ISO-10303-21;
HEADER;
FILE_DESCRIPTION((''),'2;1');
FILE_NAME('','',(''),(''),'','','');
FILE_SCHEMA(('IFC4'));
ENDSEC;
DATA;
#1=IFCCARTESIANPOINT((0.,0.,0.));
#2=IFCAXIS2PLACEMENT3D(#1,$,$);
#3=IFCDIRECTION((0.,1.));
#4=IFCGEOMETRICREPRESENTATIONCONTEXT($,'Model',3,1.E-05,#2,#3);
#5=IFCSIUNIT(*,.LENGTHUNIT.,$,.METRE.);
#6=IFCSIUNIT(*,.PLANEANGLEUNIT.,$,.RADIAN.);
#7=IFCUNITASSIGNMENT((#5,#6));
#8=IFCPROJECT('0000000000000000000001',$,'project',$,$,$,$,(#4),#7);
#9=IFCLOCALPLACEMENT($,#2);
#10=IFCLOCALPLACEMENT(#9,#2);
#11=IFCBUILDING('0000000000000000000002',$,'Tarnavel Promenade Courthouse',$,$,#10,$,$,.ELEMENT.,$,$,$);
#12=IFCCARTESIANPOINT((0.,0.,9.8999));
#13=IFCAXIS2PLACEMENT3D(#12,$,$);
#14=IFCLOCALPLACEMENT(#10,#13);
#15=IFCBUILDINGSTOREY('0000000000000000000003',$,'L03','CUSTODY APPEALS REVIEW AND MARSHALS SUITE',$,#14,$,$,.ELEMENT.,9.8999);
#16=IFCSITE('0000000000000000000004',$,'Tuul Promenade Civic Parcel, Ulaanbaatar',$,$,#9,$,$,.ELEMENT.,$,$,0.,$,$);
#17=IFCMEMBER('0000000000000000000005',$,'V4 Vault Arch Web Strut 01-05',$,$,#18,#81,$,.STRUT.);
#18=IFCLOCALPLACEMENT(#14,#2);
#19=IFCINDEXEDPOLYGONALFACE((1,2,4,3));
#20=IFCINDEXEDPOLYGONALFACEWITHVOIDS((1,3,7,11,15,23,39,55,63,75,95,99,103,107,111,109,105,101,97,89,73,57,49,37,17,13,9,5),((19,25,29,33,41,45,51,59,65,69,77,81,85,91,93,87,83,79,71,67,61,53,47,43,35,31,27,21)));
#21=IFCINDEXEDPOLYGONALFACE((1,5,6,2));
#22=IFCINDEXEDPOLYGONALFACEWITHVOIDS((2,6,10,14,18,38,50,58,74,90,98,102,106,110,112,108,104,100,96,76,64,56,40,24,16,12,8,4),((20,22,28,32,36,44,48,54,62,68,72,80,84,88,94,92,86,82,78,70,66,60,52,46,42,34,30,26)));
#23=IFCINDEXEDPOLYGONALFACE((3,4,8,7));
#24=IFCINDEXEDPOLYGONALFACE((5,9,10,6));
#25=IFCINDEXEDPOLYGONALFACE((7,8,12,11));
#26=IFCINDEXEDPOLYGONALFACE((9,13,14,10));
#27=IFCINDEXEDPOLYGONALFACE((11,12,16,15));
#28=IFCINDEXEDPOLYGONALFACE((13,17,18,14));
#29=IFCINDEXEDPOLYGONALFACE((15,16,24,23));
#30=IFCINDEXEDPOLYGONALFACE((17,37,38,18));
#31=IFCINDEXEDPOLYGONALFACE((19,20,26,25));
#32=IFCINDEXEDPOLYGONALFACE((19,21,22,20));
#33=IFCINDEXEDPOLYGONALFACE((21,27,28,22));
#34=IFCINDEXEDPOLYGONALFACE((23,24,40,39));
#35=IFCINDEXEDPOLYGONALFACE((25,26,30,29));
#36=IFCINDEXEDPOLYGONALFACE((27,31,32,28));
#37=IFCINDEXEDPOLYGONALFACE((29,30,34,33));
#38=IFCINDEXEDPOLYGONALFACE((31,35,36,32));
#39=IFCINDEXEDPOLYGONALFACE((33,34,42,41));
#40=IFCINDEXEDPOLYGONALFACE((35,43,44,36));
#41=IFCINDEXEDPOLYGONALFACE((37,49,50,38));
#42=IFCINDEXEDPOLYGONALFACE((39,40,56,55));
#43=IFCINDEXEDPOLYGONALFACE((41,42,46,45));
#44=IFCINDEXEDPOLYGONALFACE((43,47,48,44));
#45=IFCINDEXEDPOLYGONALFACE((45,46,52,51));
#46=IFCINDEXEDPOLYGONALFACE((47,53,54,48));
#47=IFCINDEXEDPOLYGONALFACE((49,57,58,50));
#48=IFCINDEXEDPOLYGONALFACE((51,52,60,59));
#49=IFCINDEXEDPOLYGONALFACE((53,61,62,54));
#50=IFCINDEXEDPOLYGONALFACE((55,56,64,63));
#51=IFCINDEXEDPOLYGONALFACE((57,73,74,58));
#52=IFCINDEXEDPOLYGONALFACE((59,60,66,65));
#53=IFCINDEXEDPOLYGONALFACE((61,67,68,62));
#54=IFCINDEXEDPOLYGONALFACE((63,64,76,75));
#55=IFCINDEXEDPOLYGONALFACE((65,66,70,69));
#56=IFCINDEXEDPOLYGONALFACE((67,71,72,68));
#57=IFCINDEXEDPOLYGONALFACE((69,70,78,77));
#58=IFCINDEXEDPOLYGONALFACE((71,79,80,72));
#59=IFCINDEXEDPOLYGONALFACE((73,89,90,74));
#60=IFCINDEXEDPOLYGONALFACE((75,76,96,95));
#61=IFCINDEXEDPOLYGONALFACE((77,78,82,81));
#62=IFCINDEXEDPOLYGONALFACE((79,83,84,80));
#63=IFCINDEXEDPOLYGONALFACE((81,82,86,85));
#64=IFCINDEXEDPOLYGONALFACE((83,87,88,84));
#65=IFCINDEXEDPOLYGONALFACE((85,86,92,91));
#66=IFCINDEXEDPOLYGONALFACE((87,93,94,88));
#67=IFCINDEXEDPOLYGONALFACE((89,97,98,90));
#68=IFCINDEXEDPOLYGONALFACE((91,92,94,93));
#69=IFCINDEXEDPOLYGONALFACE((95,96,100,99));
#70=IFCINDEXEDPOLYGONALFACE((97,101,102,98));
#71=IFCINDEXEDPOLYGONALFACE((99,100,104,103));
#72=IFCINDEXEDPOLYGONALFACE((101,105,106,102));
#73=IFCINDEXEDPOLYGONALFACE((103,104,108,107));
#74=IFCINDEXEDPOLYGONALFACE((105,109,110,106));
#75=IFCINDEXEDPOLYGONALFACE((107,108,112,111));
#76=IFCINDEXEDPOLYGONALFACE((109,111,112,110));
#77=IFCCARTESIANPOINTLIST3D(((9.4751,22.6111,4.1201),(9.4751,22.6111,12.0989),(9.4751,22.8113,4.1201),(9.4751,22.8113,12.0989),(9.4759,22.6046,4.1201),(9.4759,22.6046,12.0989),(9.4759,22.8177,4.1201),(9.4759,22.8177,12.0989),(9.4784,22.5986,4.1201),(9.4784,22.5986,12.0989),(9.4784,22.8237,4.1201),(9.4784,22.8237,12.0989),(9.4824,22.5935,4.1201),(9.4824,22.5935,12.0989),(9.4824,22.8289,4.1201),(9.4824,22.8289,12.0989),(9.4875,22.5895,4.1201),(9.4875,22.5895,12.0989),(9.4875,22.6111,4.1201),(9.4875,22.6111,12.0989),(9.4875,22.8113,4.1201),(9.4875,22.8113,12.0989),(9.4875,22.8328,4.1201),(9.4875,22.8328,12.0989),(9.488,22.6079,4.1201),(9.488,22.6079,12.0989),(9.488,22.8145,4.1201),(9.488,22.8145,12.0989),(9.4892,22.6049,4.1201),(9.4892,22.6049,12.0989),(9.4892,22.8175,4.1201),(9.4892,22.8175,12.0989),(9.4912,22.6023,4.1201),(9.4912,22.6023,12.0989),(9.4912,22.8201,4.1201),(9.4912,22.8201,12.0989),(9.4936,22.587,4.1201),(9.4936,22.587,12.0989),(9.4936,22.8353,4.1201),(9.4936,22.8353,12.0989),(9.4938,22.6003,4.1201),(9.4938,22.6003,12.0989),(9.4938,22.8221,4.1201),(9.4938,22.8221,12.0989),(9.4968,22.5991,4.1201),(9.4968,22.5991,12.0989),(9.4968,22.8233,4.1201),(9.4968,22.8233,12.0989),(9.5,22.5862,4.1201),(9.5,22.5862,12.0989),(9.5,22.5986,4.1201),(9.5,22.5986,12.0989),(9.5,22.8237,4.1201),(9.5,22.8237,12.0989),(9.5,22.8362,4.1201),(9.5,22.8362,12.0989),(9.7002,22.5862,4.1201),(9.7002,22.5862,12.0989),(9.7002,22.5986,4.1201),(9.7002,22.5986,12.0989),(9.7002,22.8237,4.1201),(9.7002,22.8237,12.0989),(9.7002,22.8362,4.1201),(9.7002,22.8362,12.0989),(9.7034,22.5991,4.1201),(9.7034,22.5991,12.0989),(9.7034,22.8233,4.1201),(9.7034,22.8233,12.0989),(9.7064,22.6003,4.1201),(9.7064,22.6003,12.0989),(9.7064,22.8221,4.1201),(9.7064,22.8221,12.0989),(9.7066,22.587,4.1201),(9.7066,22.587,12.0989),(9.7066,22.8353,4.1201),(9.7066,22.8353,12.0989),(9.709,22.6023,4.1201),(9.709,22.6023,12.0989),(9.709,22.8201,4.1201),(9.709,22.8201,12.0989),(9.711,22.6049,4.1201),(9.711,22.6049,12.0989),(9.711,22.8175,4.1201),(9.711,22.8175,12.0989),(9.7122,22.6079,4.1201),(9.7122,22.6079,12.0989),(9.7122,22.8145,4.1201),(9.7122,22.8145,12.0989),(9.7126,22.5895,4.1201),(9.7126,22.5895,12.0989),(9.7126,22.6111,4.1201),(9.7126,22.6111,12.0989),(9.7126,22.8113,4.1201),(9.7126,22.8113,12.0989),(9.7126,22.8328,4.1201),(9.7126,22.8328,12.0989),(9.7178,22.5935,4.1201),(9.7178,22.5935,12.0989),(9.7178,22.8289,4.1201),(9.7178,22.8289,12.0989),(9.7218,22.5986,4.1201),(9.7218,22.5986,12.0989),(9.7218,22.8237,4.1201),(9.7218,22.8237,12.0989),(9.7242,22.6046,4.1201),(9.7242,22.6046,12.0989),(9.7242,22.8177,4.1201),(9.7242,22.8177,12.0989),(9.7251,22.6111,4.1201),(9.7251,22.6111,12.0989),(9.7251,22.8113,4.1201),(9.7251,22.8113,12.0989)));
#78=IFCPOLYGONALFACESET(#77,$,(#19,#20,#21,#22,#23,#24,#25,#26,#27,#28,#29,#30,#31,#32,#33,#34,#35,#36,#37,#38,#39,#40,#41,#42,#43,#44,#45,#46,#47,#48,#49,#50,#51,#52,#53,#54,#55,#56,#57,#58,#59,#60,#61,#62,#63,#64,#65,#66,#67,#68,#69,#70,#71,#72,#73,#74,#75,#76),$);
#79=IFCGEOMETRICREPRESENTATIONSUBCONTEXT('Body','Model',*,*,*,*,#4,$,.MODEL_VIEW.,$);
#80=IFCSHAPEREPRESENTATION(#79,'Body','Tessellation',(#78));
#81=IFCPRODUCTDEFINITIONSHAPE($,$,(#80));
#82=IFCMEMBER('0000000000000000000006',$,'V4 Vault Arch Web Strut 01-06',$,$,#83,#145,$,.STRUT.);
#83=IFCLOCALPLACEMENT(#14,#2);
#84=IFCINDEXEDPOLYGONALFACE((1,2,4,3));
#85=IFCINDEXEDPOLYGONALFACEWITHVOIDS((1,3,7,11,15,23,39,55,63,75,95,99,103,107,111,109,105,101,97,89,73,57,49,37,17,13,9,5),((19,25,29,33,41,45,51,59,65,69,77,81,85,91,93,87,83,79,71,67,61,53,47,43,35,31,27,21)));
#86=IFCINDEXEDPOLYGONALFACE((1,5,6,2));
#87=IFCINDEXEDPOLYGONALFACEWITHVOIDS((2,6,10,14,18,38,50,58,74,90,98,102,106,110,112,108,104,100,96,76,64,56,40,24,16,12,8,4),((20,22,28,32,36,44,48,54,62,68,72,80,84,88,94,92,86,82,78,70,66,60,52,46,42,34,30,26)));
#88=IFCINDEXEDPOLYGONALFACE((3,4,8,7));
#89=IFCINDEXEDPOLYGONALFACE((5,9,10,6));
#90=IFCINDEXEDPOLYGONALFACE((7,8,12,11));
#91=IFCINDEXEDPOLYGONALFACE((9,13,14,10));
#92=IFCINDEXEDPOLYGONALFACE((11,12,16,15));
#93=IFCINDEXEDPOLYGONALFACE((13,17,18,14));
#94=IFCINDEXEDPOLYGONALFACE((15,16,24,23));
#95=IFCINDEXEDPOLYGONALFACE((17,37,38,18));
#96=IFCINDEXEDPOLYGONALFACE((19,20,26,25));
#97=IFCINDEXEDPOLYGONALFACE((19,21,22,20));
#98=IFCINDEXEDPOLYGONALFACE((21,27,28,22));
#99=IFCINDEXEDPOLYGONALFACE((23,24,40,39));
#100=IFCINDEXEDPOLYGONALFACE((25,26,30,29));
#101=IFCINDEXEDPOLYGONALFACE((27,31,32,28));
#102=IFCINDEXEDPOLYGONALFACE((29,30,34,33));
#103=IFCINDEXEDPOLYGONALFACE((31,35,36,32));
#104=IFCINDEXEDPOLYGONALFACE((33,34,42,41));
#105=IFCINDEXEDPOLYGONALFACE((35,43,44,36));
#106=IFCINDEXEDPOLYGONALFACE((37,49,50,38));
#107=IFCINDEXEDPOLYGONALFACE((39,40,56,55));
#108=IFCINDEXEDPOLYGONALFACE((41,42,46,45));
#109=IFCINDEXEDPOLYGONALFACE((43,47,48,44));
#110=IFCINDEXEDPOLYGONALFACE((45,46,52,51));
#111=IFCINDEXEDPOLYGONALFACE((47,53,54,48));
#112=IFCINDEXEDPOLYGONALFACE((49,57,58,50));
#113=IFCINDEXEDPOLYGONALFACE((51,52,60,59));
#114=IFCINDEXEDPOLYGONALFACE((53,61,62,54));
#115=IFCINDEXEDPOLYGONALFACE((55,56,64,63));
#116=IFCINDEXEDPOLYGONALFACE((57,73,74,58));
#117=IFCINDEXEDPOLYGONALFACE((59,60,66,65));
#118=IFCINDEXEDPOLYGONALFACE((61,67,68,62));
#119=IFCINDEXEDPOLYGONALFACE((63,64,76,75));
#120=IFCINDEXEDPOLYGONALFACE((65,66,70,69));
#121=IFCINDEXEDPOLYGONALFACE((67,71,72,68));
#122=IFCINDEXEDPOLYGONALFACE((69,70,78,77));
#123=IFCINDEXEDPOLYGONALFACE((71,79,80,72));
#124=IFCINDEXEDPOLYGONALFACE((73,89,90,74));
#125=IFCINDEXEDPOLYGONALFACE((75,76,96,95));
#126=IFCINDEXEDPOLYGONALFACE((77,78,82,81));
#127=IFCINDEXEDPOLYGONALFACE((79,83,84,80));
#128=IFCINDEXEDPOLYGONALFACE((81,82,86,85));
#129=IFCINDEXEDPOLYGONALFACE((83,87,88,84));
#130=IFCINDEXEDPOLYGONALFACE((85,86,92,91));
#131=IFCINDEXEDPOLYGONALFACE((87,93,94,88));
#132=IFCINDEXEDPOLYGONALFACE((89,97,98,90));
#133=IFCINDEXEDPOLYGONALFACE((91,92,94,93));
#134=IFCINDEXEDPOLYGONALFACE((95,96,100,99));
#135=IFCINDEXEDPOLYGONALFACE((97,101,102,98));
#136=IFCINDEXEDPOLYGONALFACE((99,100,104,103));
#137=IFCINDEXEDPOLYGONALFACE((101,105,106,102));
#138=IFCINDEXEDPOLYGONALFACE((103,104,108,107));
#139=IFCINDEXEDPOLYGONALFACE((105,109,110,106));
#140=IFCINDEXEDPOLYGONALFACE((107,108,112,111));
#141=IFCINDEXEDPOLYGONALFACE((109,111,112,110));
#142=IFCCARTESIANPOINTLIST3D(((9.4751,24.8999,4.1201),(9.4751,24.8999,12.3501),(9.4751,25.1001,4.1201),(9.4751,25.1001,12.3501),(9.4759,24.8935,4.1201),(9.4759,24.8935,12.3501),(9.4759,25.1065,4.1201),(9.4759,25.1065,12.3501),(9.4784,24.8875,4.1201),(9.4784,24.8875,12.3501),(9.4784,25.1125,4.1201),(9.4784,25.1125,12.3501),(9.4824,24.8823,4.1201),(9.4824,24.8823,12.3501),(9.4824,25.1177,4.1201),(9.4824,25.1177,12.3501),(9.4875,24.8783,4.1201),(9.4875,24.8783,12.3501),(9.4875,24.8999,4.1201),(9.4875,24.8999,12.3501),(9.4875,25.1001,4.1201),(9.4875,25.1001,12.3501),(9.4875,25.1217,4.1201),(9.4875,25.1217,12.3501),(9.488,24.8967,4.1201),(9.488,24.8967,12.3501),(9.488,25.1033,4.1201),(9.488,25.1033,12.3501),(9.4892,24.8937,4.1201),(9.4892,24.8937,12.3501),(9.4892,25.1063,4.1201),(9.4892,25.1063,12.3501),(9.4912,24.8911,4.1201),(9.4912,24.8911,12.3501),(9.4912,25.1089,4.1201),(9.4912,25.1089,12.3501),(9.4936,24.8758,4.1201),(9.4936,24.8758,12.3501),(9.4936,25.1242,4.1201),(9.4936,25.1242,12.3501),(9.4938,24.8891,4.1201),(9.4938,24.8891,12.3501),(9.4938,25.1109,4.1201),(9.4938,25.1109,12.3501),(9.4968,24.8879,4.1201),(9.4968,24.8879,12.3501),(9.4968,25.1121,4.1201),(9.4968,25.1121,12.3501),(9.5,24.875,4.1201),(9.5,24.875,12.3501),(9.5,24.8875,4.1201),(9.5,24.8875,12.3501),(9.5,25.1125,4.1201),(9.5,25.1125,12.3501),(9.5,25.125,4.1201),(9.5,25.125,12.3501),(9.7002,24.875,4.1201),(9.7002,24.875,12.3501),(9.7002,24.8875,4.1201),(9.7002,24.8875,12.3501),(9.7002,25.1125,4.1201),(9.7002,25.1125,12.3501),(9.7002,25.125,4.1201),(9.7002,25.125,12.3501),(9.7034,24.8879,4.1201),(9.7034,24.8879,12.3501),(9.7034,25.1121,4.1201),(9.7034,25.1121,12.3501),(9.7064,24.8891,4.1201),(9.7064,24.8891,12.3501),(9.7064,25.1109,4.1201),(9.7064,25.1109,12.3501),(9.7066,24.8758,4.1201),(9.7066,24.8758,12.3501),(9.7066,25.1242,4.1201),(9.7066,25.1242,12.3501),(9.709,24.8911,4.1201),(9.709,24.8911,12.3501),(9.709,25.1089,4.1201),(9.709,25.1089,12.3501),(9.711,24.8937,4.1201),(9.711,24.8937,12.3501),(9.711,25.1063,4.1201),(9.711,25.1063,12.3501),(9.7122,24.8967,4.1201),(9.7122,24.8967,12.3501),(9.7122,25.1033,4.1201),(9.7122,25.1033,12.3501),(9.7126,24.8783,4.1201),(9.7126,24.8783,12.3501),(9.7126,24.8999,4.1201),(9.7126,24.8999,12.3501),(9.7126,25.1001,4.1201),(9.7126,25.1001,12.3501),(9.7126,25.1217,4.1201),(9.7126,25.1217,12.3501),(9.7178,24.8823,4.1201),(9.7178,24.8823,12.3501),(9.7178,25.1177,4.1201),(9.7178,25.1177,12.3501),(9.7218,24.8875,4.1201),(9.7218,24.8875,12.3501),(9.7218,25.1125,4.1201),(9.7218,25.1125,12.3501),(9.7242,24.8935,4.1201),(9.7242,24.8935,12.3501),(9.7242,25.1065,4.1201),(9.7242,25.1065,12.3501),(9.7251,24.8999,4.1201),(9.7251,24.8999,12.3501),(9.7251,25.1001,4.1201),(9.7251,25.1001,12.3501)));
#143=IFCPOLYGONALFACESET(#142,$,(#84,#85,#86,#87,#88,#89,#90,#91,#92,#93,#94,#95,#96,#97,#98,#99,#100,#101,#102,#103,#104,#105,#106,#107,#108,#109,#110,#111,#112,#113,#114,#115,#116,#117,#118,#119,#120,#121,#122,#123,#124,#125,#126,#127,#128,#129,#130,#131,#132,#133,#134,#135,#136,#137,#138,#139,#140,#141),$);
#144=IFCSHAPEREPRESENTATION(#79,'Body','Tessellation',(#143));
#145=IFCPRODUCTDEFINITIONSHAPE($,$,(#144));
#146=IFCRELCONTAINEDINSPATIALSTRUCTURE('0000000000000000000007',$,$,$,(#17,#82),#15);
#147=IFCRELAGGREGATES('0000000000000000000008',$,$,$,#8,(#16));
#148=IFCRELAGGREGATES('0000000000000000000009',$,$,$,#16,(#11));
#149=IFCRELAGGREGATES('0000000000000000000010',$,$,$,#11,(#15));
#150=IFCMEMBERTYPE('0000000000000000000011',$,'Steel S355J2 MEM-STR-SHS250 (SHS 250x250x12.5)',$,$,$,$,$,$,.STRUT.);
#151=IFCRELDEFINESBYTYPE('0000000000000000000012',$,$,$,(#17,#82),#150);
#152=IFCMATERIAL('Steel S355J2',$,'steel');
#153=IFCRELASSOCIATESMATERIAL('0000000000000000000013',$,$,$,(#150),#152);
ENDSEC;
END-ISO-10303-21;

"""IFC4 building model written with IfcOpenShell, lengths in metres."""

from ifc_helpers import new_model, si_unit, direction, frame, origin, origin_2d, place, context, subcontext, project, spatial, hollow_rectangle, extrude, material, material_profile, profile_set, type_object, element, save


model = new_model("IFC4")

# Units and contexts
model_context = context("Model", 3, precision=1e-05, world=origin(), true_north=direction((0.0, 1.0)))
body_context = subcontext(model_context, "Body", "Model", "MODEL_VIEW")
ifc_project = project(units=[si_unit("LENGTHUNIT", "METRE"), si_unit("PLANEANGLEUNIT", "RADIAN")], contexts=[model_context])

# Site, building, storey
site_placement = place(None, origin())
site = spatial("IfcSite", under=ifc_project, at=site_placement, Name="Tuul Promenade Civic Parcel, Ulaanbaatar", CompositionType="ELEMENT", RefElevation=0.0)
building_placement = place(site_placement, origin())
building = spatial("IfcBuilding", under=site, at=building_placement, Name="Tarnavel Promenade Courthouse", CompositionType="ELEMENT")
storey_placement = place(building_placement, frame((0.0, 0.0, 9.8999)))
storey = spatial("IfcBuildingStorey", under=building, at=storey_placement, Name="L03", Description="CUSTODY APPEALS REVIEW AND MARSHALS SUITE", CompositionType="ELEMENT", Elevation=9.8999)

# Shared definitions
ifc_material_1 = material(Name="Steel S355J2", Category="steel")

# Members
ifc_material_profile_1 = material_profile(ifc_material_1, hollow_rectangle(XDim=0.25, YDim=0.25, WallThickness=0.0125, InnerFilletRadius=0.0125, OuterFilletRadius=0.0249, at=origin_2d()), Name="SHS 250x250x12.5")
ifc_profile_set_1 = profile_set([ifc_material_profile_1], Name="Steel S355J2")
member_type_1 = type_object("IfcMemberType", Name="Steel S355J2 MEM-STR-SHS250 (SHS 250x250x12.5)", PredefinedType="STRUT", material=ifc_profile_set_1)
member_1_placement = place(storey_placement, frame((9.6001, 22.7112, 4.1201), z_axis=(0.0, 0.0, 1.0), x_axis=(1.0, 0.0, 0.0)))
element("IfcMember", 1, at=member_1_placement, inside=storey, type_object=member_type_1, Name="V4 Vault Arch Web Strut 01-05", PredefinedType="STRUT", context=body_context, shape_type="SweptSolid", body=[
    extrude(hollow_rectangle(XDim=0.25, YDim=0.25, WallThickness=0.0125, InnerFilletRadius=0.0125, OuterFilletRadius=0.0249, at=origin_2d()), origin(), (0.0, 0.0, 1.0), 7.9788),
])
member_2_placement = place(storey_placement, frame((9.6001, 25.0, 4.1201), z_axis=(0.0, 0.0, 1.0), x_axis=(1.0, 0.0, 0.0)))
element("IfcMember", 2, at=member_2_placement, inside=storey, type_object=member_type_1, Name="V4 Vault Arch Web Strut 01-06", PredefinedType="STRUT", context=body_context, shape_type="SweptSolid", body=[
    extrude(hollow_rectangle(XDim=0.25, YDim=0.25, WallThickness=0.0125, InnerFilletRadius=0.0125, OuterFilletRadius=0.0249, at=origin_2d()), origin(), (0.0, 0.0, 1.0), 8.23),
])

save(model, "model.ifc")
